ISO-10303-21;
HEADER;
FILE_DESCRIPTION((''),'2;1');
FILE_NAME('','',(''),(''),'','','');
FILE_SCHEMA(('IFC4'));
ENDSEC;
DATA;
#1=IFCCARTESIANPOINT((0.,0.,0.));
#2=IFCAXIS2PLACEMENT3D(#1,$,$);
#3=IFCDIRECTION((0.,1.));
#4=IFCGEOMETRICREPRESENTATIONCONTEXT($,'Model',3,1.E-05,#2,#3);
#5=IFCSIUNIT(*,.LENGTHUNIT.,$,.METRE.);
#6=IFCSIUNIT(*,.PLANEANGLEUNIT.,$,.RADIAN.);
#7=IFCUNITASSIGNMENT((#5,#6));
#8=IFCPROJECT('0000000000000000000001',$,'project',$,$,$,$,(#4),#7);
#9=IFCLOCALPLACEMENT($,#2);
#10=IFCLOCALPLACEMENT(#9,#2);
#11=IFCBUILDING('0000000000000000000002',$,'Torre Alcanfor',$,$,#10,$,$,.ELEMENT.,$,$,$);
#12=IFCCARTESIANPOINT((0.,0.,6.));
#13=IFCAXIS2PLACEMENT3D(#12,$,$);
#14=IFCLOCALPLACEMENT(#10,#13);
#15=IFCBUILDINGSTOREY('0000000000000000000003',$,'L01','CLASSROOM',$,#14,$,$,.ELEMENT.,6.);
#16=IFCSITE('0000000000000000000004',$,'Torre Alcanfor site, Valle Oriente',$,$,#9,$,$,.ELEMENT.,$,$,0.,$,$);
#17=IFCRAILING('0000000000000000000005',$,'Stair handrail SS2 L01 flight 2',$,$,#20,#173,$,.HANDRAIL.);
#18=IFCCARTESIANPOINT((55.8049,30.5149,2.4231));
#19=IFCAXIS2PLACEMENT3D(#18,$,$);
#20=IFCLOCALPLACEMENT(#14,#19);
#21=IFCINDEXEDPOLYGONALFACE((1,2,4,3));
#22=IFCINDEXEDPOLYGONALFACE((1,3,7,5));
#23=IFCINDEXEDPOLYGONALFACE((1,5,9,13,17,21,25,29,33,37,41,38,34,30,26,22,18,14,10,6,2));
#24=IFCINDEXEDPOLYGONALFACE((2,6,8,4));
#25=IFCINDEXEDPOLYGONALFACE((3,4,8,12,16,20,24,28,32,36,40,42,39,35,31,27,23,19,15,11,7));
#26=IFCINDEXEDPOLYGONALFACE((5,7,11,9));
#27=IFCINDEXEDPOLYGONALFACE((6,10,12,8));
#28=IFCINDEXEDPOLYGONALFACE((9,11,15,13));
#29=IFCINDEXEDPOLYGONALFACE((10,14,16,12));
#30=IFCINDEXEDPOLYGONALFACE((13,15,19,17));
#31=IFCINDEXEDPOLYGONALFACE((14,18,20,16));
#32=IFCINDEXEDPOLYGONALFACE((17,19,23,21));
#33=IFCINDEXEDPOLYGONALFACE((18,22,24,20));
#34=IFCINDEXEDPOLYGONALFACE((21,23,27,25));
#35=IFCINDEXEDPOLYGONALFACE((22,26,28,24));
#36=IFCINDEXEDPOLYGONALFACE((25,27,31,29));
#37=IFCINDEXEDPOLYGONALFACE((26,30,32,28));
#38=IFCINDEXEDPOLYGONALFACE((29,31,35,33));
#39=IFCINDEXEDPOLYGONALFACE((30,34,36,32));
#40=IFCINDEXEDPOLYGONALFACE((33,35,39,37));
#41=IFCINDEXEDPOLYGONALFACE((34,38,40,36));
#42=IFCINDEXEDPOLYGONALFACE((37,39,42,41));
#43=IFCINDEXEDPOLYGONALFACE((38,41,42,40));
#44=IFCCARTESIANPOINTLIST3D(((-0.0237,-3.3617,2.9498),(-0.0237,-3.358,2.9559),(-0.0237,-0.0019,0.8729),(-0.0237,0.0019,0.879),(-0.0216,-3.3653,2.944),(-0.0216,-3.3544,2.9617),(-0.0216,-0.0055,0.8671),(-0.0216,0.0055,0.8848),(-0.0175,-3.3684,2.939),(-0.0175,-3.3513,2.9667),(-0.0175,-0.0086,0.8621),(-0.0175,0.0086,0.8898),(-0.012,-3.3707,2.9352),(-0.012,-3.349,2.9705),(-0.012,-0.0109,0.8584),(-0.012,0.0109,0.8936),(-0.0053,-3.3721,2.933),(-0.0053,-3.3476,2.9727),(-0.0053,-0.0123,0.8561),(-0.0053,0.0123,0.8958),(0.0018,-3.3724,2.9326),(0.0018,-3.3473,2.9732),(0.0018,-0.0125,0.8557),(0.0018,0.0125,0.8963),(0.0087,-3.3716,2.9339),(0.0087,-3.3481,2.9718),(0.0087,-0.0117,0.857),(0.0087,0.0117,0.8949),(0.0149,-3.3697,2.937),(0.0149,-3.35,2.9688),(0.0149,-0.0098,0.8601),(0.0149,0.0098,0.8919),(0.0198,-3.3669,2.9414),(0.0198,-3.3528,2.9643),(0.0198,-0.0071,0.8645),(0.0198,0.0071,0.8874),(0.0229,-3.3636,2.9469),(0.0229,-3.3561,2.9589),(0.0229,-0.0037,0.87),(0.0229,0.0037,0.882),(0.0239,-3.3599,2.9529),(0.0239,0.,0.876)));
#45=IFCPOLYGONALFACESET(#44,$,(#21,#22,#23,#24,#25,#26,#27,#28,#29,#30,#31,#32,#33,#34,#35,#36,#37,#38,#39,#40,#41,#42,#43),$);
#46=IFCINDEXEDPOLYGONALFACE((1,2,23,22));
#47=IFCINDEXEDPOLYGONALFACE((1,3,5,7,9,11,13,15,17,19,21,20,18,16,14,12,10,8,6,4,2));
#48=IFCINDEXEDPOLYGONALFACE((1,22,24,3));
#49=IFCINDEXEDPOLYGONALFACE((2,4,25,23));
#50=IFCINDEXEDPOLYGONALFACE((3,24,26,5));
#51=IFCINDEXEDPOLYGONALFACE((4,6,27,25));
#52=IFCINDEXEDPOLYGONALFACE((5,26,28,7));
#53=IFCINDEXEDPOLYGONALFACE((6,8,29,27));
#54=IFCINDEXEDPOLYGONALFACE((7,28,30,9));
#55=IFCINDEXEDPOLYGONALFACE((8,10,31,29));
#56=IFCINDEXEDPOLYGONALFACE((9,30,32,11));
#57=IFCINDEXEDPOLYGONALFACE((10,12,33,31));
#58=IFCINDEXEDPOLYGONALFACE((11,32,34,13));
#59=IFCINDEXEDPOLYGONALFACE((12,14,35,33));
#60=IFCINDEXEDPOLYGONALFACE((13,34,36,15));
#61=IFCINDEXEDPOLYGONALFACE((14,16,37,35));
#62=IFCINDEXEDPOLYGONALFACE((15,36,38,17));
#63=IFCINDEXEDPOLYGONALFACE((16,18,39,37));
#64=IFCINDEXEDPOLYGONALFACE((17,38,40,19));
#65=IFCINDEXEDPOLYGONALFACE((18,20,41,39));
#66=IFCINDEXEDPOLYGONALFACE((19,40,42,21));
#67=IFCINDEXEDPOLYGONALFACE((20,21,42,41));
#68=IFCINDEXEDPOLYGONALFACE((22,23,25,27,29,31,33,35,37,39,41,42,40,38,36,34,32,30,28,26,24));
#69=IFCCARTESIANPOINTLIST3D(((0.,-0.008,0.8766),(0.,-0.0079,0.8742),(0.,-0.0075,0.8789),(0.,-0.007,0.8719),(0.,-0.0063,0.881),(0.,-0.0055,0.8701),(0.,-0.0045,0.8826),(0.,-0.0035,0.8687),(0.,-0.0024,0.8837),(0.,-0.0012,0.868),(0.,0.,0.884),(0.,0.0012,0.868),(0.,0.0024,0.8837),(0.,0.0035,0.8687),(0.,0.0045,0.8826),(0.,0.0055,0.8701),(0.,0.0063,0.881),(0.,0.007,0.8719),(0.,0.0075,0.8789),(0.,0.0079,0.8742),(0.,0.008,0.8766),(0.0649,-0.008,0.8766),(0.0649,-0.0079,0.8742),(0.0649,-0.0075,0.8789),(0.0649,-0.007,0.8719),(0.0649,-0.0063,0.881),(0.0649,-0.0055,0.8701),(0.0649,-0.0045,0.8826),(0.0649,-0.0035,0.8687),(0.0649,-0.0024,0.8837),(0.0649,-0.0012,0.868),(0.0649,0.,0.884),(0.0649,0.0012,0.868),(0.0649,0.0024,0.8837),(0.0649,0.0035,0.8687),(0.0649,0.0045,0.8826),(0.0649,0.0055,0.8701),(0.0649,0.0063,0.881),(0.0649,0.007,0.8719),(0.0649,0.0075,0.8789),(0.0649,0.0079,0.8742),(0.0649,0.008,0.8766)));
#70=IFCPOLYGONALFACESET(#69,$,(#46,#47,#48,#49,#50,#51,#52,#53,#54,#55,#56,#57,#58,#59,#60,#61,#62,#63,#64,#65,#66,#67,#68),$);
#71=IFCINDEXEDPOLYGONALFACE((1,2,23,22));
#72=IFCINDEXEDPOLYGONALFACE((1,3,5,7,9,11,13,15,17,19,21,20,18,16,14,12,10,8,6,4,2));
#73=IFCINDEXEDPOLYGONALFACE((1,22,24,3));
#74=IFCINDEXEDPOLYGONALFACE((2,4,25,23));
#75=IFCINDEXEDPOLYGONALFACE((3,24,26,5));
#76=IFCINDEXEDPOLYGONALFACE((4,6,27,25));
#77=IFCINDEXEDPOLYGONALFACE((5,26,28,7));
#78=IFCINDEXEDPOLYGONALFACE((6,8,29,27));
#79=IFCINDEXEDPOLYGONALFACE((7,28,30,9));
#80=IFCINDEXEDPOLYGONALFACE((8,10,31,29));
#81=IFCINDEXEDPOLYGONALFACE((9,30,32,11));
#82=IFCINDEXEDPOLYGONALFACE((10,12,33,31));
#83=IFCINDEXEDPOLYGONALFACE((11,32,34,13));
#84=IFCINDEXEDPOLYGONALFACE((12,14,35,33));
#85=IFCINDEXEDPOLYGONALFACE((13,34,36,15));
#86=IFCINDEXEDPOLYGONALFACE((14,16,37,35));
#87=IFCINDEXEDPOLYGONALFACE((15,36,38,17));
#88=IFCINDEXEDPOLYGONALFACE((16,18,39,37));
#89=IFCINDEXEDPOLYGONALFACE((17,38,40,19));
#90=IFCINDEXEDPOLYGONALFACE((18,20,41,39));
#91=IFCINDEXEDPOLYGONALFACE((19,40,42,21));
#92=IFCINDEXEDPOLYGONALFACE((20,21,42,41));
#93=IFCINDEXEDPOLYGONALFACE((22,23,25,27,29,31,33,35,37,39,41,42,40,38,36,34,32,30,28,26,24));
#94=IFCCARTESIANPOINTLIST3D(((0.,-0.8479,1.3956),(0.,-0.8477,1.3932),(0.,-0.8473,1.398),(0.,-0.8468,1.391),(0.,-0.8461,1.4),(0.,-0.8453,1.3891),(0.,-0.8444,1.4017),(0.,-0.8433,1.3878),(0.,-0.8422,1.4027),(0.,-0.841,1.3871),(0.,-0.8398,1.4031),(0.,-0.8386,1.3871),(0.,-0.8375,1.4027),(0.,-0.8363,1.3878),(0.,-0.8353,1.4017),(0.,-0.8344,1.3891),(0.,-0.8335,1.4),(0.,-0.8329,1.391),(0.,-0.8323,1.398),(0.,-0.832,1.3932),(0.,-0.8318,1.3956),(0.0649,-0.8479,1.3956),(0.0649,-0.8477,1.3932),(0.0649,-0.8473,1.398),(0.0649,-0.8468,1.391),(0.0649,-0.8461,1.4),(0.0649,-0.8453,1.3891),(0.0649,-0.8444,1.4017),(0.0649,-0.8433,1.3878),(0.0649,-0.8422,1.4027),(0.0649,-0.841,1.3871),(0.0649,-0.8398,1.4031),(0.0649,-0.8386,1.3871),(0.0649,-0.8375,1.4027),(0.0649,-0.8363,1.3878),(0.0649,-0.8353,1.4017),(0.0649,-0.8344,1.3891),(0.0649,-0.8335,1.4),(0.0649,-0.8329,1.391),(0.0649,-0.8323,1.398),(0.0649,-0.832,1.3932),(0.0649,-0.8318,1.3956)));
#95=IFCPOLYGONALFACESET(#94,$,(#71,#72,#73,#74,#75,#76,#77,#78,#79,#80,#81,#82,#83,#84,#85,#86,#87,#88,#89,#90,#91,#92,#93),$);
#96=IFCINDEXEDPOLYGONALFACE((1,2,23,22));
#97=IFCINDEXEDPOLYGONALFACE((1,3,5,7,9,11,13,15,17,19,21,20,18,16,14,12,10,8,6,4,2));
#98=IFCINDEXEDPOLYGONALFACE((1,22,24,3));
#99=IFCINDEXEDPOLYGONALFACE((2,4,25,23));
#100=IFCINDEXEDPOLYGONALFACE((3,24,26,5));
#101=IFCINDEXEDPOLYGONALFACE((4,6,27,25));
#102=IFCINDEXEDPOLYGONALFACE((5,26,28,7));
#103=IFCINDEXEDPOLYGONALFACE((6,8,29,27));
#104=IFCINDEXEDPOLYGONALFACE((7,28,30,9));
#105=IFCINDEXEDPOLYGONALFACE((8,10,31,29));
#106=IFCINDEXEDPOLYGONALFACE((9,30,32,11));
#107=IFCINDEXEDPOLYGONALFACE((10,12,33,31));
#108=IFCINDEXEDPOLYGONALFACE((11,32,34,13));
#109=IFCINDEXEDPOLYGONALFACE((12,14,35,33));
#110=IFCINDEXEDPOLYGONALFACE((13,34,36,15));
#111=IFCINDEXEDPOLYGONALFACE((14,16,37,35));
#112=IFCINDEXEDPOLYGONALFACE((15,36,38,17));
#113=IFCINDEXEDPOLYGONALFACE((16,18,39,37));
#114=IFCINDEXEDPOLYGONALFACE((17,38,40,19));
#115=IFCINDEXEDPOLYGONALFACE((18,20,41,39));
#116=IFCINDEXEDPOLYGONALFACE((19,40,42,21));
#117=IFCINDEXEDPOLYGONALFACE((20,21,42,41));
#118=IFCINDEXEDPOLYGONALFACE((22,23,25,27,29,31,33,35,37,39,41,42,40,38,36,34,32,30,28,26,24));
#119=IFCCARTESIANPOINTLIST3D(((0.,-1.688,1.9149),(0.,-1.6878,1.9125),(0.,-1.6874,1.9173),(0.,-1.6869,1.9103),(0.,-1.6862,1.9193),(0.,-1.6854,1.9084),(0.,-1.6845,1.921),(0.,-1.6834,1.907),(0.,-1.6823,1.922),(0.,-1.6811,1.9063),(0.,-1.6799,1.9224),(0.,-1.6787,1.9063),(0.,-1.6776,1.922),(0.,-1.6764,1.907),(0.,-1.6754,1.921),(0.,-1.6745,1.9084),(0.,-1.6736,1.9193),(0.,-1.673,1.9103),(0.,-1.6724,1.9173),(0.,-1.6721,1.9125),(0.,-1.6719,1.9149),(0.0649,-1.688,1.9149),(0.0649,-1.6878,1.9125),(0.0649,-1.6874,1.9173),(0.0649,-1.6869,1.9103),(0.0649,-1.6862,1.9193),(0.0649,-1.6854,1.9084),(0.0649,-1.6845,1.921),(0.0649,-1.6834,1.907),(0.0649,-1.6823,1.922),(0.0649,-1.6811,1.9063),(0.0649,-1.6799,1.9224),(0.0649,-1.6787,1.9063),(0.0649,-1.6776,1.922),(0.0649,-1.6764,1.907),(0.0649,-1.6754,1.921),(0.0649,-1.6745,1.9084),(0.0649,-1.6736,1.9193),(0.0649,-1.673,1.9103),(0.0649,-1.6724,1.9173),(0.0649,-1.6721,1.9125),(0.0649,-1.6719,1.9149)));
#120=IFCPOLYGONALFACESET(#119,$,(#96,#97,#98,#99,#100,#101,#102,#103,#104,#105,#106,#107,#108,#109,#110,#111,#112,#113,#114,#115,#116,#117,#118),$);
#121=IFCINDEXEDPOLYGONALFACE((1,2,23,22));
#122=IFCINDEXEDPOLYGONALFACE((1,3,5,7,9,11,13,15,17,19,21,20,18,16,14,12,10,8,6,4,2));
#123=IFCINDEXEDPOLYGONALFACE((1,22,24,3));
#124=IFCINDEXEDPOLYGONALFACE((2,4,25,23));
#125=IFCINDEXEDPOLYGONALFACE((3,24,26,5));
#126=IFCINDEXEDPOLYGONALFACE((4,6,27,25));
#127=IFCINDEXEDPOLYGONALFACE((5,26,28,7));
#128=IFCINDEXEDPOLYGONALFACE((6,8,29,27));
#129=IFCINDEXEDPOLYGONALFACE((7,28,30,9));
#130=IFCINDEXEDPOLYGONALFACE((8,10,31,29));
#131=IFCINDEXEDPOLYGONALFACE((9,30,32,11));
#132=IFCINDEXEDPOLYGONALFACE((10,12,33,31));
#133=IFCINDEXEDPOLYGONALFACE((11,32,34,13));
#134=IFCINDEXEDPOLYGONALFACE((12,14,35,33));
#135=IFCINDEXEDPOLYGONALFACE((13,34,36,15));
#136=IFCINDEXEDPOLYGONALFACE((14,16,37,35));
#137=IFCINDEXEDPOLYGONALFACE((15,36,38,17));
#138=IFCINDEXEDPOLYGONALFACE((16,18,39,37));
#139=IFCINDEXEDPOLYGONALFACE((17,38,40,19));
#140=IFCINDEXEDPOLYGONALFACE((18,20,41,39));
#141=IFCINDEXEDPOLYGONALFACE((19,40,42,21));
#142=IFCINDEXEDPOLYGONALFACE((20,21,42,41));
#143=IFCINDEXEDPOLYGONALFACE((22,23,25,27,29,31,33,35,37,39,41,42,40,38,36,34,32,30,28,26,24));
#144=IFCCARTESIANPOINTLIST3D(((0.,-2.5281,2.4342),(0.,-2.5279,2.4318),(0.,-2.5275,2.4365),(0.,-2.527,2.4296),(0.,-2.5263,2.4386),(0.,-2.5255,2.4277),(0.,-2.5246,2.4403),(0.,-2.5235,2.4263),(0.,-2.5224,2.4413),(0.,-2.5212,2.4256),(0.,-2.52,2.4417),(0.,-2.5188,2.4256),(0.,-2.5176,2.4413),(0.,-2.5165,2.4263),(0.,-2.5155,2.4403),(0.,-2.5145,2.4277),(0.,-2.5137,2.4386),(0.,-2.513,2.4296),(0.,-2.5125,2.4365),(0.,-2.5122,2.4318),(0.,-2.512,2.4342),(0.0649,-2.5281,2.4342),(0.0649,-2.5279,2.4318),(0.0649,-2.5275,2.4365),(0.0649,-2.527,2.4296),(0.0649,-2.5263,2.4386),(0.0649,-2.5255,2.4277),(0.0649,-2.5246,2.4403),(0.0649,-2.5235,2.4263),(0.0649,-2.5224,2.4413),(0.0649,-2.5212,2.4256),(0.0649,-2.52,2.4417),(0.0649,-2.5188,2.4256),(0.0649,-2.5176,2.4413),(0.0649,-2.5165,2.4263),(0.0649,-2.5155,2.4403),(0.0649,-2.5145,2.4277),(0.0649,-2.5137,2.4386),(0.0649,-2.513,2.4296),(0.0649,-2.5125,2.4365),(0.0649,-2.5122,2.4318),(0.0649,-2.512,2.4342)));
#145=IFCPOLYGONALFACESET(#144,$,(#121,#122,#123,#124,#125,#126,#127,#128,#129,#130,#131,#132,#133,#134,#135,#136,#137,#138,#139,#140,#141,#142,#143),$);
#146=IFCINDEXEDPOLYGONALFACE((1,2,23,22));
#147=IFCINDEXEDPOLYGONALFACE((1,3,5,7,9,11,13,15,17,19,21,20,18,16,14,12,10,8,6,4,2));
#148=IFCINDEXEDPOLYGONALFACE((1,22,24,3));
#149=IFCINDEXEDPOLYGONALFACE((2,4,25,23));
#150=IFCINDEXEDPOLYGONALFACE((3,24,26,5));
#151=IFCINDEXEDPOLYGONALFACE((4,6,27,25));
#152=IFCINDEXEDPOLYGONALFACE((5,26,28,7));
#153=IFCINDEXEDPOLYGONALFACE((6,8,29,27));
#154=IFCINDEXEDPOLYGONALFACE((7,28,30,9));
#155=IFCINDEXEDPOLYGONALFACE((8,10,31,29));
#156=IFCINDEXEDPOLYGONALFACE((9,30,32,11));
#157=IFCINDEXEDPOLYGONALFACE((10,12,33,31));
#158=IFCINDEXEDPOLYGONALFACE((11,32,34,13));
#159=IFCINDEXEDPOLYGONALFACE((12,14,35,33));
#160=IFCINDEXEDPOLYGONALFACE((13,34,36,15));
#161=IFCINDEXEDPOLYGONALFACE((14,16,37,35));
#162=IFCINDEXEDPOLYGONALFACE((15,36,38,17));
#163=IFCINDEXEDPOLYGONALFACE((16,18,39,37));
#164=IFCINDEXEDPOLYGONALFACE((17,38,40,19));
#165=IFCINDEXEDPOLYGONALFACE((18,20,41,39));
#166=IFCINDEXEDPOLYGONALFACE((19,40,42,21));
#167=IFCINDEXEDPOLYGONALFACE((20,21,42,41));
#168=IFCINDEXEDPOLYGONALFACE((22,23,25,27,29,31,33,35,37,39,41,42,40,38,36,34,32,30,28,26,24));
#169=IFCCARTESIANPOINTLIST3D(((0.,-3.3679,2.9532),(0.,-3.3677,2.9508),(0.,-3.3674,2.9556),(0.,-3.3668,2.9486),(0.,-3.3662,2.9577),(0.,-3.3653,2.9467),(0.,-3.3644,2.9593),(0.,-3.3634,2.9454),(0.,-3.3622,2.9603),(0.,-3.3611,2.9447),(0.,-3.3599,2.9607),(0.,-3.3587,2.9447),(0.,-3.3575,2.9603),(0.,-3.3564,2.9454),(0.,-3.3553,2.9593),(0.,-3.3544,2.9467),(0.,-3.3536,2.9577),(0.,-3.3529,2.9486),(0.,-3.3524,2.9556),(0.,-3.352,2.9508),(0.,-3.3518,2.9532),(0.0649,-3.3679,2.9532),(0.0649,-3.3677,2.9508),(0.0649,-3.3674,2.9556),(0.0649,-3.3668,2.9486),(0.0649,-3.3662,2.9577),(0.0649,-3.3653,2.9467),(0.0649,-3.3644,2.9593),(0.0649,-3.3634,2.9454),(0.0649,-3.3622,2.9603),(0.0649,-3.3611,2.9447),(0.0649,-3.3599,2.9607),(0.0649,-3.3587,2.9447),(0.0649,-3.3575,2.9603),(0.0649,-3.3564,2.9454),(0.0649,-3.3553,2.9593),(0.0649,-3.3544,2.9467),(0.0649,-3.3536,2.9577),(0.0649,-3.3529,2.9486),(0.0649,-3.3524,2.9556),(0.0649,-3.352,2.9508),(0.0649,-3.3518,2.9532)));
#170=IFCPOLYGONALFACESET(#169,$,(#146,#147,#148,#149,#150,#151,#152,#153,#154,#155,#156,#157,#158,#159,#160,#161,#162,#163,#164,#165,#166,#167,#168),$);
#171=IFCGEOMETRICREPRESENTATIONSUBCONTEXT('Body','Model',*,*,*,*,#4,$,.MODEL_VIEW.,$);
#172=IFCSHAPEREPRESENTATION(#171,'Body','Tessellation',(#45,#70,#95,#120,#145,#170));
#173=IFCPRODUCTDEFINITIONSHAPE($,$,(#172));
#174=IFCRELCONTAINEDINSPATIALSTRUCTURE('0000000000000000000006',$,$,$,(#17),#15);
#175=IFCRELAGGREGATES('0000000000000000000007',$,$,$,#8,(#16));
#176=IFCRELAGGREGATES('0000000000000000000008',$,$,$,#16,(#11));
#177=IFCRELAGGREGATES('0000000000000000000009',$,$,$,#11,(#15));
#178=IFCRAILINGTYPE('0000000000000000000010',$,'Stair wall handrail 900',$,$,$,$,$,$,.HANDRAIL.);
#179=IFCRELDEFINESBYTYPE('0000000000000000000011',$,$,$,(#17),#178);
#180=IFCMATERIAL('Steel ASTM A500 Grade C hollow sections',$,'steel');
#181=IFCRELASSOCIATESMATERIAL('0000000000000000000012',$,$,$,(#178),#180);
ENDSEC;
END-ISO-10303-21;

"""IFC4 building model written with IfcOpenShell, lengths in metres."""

from ifc_helpers import new_model, si_unit, direction, frame, origin, origin_2d, place, context, subcontext, project, spatial, circle, extrude, material, type_object, element, save


model = new_model("IFC4")

# Units and contexts
model_context = context("Model", 3, precision=1e-05, world=origin(), true_north=direction((0.0, 1.0)))
body_context = subcontext(model_context, "Body", "Model", "MODEL_VIEW")
ifc_project = project(units=[si_unit("LENGTHUNIT", "METRE"), si_unit("PLANEANGLEUNIT", "RADIAN")], contexts=[model_context])

# Site, building, storey
site_placement = place(None, origin())
site = spatial("IfcSite", under=ifc_project, at=site_placement, Name="Torre Alcanfor site, Valle Oriente", CompositionType="ELEMENT", RefElevation=0.0)
building_placement = place(site_placement, origin())
building = spatial("IfcBuilding", under=site, at=building_placement, Name="Torre Alcanfor", CompositionType="ELEMENT")
storey_placement = place(building_placement, frame((0.0, 0.0, 6.0)))
storey = spatial("IfcBuildingStorey", under=building, at=storey_placement, Name="L01", Description="CLASSROOM", CompositionType="ELEMENT", Elevation=6.0)

# Railing
ifc_material_1 = material(Name="Steel ASTM A500 Grade C hollow sections", Category="steel")
railing_type_1 = type_object("IfcRailingType", Name="Stair wall handrail 900", PredefinedType="HANDRAIL", material=ifc_material_1)
railing_1_placement = place(storey_placement, frame((55.8049, 30.5149, 2.4231)))
element("IfcRailing", 1, at=railing_1_placement, inside=storey, type_object=railing_type_1, Name="Stair handrail SS2 L01 flight 2", PredefinedType="HANDRAIL", context=body_context, shape_type="SweptSolid", body=[
    extrude(circle(Radius=0.0239, at=origin_2d()), frame((0.0, 0.0, 0.876), z_axis=(0.0, -0.850606, 0.525803), x_axis=(1.0, 0.0, 0.0)), (0.0, 0.0, 1.0), 3.95),
    extrude(circle(Radius=0.0081, at=origin_2d()), frame((0.0, 0.0, 0.876), z_axis=(1.0, 0.0, 0.0), x_axis=(0.0, 0.0, 1.0)), (0.0, 0.0, 1.0), 0.0649),
    extrude(circle(Radius=0.0081, at=origin_2d()), frame((0.0, -0.8398, 1.395), z_axis=(1.0, 0.0, 0.0), x_axis=(0.0, 0.0, 1.0)), (0.0, 0.0, 1.0), 0.0649),
    extrude(circle(Radius=0.0081, at=origin_2d()), frame((0.0, -1.6799, 1.9143), z_axis=(1.0, 0.0, 0.0), x_axis=(0.0, 0.0, 1.0)), (0.0, 0.0, 1.0), 0.0649),
    extrude(circle(Radius=0.0081, at=origin_2d()), frame((0.0, -2.52, 2.4336), z_axis=(1.0, 0.0, 0.0), x_axis=(0.0, 0.0, 1.0)), (0.0, 0.0, 1.0), 0.0649),
    extrude(circle(Radius=0.0081, at=origin_2d()), frame((0.0, -3.3599, 2.9526), z_axis=(1.0, 0.0, 0.0), x_axis=(0.0, 0.0, 1.0)), (0.0, 0.0, 1.0), 0.0649),
])

save(model, "model.ifc")
